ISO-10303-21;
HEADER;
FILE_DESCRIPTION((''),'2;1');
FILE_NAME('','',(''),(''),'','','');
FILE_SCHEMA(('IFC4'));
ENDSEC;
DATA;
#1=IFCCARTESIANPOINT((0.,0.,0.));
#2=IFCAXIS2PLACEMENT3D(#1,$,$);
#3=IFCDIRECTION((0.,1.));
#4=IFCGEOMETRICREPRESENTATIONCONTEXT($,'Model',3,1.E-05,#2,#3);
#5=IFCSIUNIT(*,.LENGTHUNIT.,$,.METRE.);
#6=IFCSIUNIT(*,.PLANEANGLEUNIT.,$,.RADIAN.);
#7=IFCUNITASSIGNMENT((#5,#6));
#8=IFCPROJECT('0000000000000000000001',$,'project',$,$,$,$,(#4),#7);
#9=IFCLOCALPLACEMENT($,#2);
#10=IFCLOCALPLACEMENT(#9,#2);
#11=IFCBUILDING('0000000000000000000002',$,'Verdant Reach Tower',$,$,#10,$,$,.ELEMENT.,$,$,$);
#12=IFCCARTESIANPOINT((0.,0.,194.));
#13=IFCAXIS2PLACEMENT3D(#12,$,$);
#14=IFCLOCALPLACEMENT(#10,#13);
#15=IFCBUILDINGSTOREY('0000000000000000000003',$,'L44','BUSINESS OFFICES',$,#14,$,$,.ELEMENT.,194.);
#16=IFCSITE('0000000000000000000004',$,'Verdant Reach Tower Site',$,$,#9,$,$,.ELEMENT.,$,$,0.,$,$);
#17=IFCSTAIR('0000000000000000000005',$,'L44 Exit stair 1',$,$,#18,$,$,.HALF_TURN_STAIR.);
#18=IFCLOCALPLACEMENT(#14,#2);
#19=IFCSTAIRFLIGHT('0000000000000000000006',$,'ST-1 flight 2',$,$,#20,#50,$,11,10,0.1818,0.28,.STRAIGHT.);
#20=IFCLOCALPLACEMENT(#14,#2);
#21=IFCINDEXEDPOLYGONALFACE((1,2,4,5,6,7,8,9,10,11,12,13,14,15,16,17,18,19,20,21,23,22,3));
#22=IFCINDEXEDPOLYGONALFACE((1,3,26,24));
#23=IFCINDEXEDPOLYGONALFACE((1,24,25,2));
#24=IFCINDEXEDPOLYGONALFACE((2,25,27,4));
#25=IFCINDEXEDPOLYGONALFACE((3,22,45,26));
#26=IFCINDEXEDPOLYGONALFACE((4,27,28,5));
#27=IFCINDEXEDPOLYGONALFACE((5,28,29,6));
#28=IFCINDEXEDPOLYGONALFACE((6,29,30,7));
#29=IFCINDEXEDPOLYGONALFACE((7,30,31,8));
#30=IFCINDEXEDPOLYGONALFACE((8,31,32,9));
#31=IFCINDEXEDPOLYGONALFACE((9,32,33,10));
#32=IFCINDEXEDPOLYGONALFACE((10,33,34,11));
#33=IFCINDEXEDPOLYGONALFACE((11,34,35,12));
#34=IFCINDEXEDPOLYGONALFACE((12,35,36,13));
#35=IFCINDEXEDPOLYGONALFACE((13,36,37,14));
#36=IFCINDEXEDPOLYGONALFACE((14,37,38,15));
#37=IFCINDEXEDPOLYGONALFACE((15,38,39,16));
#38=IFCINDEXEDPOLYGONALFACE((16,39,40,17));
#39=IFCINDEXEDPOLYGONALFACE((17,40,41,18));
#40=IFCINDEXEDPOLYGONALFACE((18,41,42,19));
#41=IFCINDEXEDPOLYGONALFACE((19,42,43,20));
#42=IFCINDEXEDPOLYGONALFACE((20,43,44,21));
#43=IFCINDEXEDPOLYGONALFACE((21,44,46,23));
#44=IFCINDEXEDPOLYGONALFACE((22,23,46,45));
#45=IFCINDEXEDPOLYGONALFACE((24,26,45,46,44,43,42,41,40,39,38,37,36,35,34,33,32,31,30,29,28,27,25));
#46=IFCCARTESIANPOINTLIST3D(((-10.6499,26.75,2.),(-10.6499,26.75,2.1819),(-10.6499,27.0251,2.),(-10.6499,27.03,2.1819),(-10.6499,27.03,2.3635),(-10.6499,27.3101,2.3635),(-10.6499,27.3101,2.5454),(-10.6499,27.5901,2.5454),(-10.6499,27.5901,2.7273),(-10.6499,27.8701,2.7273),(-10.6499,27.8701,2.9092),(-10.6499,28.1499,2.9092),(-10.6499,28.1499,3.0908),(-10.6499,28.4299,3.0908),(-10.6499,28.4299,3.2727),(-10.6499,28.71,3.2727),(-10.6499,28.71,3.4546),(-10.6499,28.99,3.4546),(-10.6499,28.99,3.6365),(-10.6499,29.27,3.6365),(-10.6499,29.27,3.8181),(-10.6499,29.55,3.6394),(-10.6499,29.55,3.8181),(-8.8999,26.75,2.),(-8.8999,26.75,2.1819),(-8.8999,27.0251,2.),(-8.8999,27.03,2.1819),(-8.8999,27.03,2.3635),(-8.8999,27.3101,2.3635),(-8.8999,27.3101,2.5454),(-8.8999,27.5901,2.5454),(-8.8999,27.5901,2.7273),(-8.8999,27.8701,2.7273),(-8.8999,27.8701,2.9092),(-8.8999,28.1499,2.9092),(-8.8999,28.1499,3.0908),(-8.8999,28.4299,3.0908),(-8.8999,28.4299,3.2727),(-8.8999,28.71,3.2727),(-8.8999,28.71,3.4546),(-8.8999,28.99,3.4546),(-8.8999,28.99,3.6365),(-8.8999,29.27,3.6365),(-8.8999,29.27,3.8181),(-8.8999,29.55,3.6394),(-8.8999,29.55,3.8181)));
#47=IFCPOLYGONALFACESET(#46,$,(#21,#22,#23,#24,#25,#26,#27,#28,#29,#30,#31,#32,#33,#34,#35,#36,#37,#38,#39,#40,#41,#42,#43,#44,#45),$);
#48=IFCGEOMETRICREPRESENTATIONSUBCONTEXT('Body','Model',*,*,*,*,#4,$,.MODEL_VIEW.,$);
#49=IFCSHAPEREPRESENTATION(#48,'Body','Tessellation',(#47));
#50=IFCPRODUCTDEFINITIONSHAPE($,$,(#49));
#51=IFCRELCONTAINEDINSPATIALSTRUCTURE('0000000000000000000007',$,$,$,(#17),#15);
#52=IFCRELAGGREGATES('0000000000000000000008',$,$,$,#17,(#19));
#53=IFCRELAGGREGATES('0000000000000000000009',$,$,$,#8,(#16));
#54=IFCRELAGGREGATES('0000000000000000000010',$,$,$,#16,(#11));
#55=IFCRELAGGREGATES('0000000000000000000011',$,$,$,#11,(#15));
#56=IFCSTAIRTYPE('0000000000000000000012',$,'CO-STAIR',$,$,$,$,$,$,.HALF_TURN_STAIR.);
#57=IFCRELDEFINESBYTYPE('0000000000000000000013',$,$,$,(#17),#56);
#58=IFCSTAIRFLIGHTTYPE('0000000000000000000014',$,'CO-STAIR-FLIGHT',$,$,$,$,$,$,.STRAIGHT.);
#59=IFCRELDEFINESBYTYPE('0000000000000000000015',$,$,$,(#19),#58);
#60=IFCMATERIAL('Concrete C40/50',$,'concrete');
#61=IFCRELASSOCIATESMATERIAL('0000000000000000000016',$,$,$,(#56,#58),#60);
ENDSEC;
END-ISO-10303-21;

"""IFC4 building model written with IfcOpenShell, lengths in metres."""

from ifc_helpers import new_model, si_unit, direction, frame, origin, place, context, subcontext, project, spatial, polyline, outline, extrude, material, type_object, element, aggregate, save


model = new_model("IFC4")

# Units and contexts
model_context = context("Model", 3, precision=1e-05, world=origin(), true_north=direction((0.0, 1.0)))
body_context = subcontext(model_context, "Body", "Model", "MODEL_VIEW")
ifc_project = project(units=[si_unit("LENGTHUNIT", "METRE"), si_unit("PLANEANGLEUNIT", "RADIAN")], contexts=[model_context])

# Site, building, storey
site_placement = place(None, origin())
site = spatial("IfcSite", under=ifc_project, at=site_placement, Name="Verdant Reach Tower Site", CompositionType="ELEMENT", RefElevation=0.0)
building_placement = place(site_placement, origin())
building = spatial("IfcBuilding", under=site, at=building_placement, Name="Verdant Reach Tower", CompositionType="ELEMENT")
storey_placement = place(building_placement, frame((0.0, 0.0, 194.0)))
storey = spatial("IfcBuildingStorey", under=building, at=storey_placement, Name="L44", Description="BUSINESS OFFICES", CompositionType="ELEMENT", Elevation=194.0)

# Shared definitions
ifc_material_1 = material(Name="Concrete C40/50", Category="concrete")

# Stair, stair flight
stair_type = type_object("IfcStairType", Name="CO-STAIR", PredefinedType="HALF_TURN_STAIR", material=ifc_material_1)
stair_placement = place(storey_placement, origin())
stair = element("IfcStair", 1, at=stair_placement, inside=storey, type_object=stair_type, Name="L44 Exit stair 1", PredefinedType="HALF_TURN_STAIR")
stair_flight_type = type_object("IfcStairFlightType", Name="CO-STAIR-FLIGHT", PredefinedType="STRAIGHT", material=ifc_material_1)
stair_flight_placement = place(storey_placement, frame((-9.7749, 26.75, 2.0), z_axis=(0.0, 0.0, 1.0), x_axis=(0.0, 1.0, 0.0)))
stair_flight = element("IfcStairFlight", 2, at=stair_flight_placement, type_object=stair_flight_type, Name="ST-1 flight 2", NumberOfRisers=11, NumberOfTreads=10, PredefinedType="STRAIGHT", RiserHeight=0.1818, TreadLength=0.28, context=body_context, shape_type="SweptSolid", body=[
    extrude(outline(polyline([(0.0, 0.0), (0.0, 0.1819), (0.28, 0.1819), (0.28, 0.3635), (0.5601, 0.3635), (0.5601, 0.5454), (0.8401, 0.5454), (0.8401, 0.7273), (1.1201, 0.7273), (1.1201, 0.9092), (1.3999, 0.9092), (1.3999, 1.0908), (1.6799, 1.0908), (1.6799, 1.2727), (1.96, 1.2727), (1.96, 1.4546), (2.24, 1.4546), (2.24, 1.6365), (2.52, 1.6365), (2.52, 1.8181), (2.8, 1.8181), (2.8, 2.0), (2.8, 1.6394), (0.2751, 0.0), (0.0, 0.0)])), frame((0.0, 0.875, 0.0), z_axis=(0.0, -1.0, 0.0), x_axis=(1.0, 0.0, 0.0)), (0.0, 0.0, 1.0), 1.75),
])
aggregate(stair, [stair_flight])

save(model, "model.ifc")
